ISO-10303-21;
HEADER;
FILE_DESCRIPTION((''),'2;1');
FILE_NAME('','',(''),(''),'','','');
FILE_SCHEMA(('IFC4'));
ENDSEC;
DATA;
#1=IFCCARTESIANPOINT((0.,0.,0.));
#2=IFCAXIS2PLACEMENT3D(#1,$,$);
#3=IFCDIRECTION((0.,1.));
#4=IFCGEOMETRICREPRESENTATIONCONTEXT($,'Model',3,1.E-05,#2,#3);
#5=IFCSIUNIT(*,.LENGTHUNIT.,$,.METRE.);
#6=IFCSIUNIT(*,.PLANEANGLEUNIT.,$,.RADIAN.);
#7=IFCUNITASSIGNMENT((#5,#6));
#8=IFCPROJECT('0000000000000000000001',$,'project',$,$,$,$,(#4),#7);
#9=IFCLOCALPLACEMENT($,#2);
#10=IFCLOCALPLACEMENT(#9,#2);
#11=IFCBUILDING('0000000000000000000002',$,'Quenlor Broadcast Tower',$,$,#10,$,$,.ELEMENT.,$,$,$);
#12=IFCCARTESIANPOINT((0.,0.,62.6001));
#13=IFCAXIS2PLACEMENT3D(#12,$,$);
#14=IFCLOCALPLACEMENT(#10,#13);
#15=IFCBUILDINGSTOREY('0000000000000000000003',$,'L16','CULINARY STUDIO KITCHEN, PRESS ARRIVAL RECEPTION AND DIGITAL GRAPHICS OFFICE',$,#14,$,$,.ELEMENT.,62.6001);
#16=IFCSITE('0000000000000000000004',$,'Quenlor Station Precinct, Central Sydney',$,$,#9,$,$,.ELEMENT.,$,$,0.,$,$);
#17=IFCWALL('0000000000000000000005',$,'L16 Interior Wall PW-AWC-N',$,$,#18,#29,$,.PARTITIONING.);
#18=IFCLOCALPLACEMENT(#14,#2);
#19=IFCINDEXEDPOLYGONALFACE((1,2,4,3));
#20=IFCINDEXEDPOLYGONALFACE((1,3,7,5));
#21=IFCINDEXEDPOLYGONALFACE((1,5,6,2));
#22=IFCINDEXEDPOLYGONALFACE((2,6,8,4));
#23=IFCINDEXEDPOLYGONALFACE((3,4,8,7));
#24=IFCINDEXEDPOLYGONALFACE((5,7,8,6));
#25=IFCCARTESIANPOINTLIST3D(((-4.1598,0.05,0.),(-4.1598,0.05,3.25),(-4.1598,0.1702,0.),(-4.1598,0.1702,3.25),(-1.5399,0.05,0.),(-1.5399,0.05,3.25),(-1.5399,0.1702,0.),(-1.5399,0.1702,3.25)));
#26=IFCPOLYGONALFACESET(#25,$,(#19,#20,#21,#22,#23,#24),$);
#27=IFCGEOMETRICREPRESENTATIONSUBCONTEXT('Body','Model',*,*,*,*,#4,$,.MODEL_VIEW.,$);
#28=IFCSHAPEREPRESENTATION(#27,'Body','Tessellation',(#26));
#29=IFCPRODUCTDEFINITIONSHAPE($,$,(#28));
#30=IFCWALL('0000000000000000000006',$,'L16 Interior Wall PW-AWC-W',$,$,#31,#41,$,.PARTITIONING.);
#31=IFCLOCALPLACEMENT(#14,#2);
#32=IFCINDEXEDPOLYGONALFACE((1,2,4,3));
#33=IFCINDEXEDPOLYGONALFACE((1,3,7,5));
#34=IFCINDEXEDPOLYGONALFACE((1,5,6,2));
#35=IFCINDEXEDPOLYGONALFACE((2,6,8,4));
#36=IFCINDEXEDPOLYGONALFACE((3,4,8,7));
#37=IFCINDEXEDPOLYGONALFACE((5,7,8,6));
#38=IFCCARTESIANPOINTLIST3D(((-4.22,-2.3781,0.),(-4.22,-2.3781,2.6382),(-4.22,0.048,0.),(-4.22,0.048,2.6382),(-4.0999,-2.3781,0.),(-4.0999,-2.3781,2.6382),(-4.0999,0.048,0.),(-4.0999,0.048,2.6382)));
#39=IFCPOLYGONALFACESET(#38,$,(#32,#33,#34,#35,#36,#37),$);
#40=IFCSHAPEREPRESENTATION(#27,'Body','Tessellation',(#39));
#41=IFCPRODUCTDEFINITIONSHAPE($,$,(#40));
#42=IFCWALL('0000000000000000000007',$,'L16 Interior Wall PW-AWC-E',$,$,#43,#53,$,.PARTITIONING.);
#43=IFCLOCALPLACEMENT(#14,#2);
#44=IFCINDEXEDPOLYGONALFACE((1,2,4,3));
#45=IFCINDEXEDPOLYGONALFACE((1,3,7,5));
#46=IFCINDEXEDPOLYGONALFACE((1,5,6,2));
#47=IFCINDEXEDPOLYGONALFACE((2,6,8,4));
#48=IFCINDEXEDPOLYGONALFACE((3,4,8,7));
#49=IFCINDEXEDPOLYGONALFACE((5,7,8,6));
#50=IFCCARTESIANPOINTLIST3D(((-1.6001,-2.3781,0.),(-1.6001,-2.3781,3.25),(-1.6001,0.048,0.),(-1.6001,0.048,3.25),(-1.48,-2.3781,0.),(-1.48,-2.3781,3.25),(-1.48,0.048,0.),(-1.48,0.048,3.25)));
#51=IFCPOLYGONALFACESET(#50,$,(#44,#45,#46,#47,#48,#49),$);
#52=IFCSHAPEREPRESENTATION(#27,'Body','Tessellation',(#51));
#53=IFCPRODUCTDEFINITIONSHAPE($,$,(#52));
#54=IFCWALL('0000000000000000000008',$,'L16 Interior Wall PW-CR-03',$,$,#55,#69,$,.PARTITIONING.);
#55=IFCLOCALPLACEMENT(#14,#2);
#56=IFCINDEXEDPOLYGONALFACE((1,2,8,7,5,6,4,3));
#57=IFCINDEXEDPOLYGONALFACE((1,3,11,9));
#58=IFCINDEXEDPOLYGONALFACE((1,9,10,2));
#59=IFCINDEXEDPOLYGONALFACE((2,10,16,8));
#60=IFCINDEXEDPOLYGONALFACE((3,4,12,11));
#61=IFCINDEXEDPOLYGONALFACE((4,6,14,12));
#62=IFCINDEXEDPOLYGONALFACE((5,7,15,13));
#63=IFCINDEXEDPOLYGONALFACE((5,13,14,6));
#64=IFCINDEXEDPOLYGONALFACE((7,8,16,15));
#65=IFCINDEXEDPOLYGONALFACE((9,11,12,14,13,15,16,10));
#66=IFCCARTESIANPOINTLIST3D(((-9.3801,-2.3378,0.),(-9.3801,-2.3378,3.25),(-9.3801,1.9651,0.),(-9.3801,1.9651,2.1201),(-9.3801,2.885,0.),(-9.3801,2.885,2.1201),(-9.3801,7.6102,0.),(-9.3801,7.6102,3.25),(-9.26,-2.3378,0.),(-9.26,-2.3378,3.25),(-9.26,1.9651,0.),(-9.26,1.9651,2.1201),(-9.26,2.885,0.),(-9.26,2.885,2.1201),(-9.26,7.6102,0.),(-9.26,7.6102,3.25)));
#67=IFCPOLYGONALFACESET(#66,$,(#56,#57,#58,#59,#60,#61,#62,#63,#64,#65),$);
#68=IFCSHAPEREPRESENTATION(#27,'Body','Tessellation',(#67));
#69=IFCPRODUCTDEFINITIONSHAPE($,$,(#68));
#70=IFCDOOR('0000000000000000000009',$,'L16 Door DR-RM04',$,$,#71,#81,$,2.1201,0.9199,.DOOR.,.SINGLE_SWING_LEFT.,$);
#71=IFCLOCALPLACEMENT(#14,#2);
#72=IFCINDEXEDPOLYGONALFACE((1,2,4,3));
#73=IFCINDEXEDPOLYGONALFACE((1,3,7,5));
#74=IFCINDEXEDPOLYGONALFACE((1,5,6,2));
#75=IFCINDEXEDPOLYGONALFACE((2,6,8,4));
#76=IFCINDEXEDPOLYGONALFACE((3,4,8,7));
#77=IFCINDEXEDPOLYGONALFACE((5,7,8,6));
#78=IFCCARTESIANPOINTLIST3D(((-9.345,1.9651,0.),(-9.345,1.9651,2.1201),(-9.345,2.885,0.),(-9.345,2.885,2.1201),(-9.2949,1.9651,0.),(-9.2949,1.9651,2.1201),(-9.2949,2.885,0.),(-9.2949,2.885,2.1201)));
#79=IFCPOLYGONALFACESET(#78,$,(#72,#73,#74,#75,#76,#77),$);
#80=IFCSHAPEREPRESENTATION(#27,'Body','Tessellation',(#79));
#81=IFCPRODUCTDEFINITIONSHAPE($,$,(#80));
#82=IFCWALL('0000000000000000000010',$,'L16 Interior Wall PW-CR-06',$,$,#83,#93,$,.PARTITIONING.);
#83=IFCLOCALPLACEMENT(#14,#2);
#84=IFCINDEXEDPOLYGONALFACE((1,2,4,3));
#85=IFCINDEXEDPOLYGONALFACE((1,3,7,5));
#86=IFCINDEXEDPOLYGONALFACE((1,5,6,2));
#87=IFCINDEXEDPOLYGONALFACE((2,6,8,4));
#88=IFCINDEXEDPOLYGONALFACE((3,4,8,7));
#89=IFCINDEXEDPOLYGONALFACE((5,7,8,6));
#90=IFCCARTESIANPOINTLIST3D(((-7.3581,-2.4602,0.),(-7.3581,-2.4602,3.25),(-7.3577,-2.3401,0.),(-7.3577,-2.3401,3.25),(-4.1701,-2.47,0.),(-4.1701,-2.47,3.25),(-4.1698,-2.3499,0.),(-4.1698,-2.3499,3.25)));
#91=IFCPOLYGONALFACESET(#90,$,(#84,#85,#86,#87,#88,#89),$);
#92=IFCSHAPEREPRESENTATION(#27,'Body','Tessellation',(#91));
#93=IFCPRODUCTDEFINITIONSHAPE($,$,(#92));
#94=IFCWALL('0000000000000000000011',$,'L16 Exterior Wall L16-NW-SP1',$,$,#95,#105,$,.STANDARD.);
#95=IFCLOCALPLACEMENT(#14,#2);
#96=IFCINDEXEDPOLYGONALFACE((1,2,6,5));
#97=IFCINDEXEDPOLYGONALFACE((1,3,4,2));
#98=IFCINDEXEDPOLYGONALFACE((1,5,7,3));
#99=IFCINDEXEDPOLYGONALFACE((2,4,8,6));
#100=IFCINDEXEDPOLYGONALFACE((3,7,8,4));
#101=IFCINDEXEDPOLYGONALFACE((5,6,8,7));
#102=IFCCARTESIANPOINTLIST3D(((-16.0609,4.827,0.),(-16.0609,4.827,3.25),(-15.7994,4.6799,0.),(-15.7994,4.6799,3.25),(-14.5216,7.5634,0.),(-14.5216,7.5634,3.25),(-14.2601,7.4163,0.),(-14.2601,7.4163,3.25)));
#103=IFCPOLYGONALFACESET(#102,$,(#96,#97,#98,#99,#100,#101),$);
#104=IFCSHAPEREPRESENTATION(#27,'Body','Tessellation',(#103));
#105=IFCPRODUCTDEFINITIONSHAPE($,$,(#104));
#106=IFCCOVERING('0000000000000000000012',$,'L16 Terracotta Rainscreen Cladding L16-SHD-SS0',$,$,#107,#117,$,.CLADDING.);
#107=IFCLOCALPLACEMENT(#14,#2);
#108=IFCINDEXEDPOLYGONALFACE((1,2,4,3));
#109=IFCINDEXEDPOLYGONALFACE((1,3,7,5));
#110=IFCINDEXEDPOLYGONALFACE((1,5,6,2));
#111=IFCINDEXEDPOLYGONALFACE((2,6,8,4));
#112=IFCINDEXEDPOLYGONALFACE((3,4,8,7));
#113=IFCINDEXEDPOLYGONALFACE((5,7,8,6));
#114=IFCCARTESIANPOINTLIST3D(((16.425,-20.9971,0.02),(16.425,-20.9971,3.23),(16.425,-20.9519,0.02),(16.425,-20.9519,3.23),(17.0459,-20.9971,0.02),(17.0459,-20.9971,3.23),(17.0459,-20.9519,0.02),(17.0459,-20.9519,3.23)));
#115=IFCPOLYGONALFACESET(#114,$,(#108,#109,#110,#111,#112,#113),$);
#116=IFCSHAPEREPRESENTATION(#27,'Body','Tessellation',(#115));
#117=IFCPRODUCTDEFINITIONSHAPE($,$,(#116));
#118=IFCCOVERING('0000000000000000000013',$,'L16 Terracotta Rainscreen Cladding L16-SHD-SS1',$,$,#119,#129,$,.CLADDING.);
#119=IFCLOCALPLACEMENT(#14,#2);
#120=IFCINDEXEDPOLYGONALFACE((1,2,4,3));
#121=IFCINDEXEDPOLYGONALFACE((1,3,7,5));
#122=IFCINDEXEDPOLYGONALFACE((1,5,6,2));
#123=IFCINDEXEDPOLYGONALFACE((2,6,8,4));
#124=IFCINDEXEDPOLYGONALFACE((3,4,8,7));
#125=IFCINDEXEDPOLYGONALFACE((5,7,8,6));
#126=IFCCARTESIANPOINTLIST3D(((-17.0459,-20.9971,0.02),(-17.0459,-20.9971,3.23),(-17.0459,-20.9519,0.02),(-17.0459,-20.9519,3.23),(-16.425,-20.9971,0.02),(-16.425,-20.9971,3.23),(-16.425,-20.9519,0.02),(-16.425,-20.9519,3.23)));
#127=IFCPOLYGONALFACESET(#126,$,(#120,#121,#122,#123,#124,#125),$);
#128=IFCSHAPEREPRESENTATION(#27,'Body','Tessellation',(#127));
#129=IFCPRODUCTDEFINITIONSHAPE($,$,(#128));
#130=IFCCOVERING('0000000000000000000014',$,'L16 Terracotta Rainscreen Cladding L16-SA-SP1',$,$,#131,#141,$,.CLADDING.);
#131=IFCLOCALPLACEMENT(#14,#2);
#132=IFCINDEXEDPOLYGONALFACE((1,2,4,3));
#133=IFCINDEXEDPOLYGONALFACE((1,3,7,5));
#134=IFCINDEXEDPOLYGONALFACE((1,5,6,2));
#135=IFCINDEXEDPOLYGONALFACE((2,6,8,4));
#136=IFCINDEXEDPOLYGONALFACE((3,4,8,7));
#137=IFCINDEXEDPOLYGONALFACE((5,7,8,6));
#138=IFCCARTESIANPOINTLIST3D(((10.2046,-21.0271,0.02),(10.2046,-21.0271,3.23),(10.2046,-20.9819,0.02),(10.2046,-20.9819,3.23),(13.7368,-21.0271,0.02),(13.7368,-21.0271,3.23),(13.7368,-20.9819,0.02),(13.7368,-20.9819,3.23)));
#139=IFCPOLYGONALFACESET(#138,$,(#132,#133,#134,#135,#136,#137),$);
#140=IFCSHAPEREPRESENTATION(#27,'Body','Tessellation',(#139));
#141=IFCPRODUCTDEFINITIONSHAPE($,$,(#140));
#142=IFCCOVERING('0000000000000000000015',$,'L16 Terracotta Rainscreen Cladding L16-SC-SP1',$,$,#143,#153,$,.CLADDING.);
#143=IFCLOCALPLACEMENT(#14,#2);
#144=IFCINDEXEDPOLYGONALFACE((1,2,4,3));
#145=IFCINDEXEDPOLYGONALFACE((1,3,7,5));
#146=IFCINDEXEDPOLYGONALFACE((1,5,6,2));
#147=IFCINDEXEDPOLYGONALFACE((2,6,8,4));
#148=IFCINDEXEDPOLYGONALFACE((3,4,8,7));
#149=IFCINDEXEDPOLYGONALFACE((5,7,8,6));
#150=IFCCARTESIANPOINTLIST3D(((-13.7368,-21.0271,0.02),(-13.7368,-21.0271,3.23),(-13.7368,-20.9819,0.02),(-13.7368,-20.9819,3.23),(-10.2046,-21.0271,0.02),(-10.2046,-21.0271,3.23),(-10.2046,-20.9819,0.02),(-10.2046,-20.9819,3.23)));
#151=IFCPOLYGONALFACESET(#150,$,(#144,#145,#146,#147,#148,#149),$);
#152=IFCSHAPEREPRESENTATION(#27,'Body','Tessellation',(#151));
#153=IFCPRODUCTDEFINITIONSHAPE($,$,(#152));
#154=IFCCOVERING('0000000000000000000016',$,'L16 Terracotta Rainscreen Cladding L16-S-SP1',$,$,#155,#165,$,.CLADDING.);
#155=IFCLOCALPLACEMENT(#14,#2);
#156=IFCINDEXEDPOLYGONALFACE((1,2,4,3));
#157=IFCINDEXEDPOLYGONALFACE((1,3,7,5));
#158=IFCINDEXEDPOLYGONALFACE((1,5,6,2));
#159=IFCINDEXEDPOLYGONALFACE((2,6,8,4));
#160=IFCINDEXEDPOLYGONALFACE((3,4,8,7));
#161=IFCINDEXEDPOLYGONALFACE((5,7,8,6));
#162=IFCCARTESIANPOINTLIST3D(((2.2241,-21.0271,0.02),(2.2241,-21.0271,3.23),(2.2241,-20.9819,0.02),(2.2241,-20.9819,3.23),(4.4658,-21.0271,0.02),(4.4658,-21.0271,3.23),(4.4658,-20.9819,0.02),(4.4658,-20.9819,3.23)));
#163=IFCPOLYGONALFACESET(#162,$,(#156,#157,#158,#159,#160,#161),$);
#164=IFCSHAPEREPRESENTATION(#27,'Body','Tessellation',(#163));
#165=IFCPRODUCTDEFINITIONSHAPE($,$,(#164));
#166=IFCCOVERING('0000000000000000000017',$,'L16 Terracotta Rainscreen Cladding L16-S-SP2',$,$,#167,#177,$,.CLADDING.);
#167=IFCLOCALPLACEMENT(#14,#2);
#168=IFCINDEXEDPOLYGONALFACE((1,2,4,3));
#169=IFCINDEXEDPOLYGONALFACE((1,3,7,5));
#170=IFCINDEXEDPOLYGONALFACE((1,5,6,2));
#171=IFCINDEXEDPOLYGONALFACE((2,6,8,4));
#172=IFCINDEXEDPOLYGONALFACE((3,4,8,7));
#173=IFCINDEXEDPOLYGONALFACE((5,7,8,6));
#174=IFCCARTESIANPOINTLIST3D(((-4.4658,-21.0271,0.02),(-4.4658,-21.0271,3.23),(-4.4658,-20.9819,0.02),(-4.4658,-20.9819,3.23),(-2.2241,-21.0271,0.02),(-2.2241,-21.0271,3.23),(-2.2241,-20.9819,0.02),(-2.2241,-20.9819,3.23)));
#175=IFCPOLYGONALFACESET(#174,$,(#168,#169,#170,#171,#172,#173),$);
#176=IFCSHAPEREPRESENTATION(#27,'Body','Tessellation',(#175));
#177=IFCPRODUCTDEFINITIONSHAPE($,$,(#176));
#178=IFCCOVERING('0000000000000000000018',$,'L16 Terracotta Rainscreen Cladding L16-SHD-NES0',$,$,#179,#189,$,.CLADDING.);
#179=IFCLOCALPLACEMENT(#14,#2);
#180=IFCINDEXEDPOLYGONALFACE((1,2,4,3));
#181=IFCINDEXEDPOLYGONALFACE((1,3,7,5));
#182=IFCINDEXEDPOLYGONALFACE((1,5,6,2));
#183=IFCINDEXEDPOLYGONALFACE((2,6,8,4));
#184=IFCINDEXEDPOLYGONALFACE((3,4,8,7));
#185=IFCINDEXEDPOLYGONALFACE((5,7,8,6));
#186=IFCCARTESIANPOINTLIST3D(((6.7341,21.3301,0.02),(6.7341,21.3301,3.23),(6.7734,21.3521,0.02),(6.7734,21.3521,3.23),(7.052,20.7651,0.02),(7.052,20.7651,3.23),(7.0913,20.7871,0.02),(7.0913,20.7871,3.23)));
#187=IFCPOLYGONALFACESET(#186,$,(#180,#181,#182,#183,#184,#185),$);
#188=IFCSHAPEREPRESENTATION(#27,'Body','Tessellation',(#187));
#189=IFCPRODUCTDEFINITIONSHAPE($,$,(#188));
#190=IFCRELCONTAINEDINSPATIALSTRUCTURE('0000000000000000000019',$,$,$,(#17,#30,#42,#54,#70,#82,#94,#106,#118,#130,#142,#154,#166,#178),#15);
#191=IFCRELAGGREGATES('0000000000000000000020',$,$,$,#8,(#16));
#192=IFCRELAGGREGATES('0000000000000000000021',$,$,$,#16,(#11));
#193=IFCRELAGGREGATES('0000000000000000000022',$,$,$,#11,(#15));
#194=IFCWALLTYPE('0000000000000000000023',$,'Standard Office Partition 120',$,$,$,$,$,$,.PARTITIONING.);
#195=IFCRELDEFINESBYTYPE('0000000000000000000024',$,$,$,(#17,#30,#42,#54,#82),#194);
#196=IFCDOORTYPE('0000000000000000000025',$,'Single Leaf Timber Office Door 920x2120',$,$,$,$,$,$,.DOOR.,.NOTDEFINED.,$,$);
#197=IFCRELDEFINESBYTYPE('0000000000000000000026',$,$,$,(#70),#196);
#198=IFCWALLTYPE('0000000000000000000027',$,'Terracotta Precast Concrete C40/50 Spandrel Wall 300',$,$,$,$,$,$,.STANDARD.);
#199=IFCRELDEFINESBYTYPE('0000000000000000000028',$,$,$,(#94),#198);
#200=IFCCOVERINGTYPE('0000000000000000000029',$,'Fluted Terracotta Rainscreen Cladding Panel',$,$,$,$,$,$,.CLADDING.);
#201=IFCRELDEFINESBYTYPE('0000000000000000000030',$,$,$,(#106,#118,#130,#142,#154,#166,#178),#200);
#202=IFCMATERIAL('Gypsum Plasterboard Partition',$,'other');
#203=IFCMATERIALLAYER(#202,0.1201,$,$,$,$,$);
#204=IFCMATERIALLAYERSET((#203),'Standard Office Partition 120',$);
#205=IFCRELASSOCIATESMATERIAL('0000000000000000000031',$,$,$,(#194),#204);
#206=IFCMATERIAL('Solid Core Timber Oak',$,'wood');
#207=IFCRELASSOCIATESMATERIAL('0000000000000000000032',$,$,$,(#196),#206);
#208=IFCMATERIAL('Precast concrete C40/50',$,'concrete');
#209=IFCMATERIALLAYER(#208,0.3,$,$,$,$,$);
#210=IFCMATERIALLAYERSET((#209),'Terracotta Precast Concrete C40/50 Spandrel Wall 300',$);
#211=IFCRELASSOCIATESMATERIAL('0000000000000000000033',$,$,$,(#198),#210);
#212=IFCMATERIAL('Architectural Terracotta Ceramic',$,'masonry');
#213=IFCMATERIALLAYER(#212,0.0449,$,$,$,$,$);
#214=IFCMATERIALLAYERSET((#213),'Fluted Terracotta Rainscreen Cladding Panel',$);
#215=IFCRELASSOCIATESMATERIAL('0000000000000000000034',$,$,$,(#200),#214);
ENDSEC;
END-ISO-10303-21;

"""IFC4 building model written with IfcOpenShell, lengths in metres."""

from ifc_helpers import new_model, si_unit, direction, frame, frame_2d, origin, place, context, subcontext, project, spatial, polyline, rectangle, outline, extrude, material, layer, layer_set, type_object, element, fill, save


model = new_model("IFC4")

# Units and contexts
model_context = context("Model", 3, precision=1e-05, world=origin(), true_north=direction((0.0, 1.0)))
body_context = subcontext(model_context, "Body", "Model", "MODEL_VIEW")
ifc_project = project(units=[si_unit("LENGTHUNIT", "METRE"), si_unit("PLANEANGLEUNIT", "RADIAN")], contexts=[model_context])

# Site, building, storey
site_placement = place(None, origin())
site = spatial("IfcSite", under=ifc_project, at=site_placement, Name="Quenlor Station Precinct, Central Sydney", CompositionType="ELEMENT", RefElevation=0.0)
building_placement = place(site_placement, origin())
building = spatial("IfcBuilding", under=site, at=building_placement, Name="Quenlor Broadcast Tower", CompositionType="ELEMENT")
storey_placement = place(building_placement, frame((0.0, 0.0, 62.6001)))
storey = spatial("IfcBuildingStorey", under=building, at=storey_placement, Name="L16", Description="CULINARY STUDIO KITCHEN, PRESS ARRIVAL RECEPTION AND DIGITAL GRAPHICS OFFICE", CompositionType="ELEMENT", Elevation=62.6001)

# Shared definitions
ifc_material_1 = material(Name="Gypsum Plasterboard Partition", Category="other")
ifc_layer_1 = layer(ifc_material_1, 0.1201)
ifc_layer_set_1 = layer_set([ifc_layer_1], Name="Standard Office Partition 120")
wall_type_1 = type_object("IfcWallType", Name="Standard Office Partition 120", PredefinedType="PARTITIONING", material=ifc_layer_set_1)

# Walls
wall_1_placement = place(storey_placement, frame((-4.1599, 0.1101, 0.0), z_axis=(0.0, 0.0, 1.0), x_axis=(1.0, 0.0, 0.0)))
element("IfcWall", 1, at=wall_1_placement, inside=storey, type_object=wall_type_1, Name="L16 Interior Wall PW-AWC-N", PredefinedType="PARTITIONING", context=body_context, shape_type="SweptSolid", body=[
    extrude(rectangle(XDim=2.6199, YDim=0.1201, at=frame_2d((1.3101, 0.0))), origin(), (0.0, 0.0, 1.0), 3.25),
])
wall_2_placement = place(storey_placement, frame((-4.1599, -2.3779, 0.0), z_axis=(0.0, 0.0, 1.0), x_axis=(0.0, 1.0, 0.0)))
element("IfcWall", 2, at=wall_2_placement, inside=storey, type_object=wall_type_1, Name="L16 Interior Wall PW-AWC-W", PredefinedType="PARTITIONING", context=body_context, shape_type="SweptSolid", body=[
    extrude(rectangle(XDim=2.426, YDim=0.1201, at=frame_2d((1.2129, 0.0))), origin(), (0.0, 0.0, 1.0), 2.6382),
])
wall_3_placement = place(storey_placement, frame((-1.54, -2.3779, 0.0), z_axis=(0.0, 0.0, 1.0), x_axis=(0.0, 1.0, 0.0)))
element("IfcWall", 3, at=wall_3_placement, inside=storey, type_object=wall_type_1, Name="L16 Interior Wall PW-AWC-E", PredefinedType="PARTITIONING", context=body_context, shape_type="SweptSolid", body=[
    extrude(rectangle(XDim=2.426, YDim=0.1201, at=frame_2d((1.2129, 0.0))), origin(), (0.0, 0.0, 1.0), 3.25),
])

# Wall, opening, door
ifc_material_2 = material(Name="Solid Core Timber Oak", Category="wood")
door_type_1 = type_object("IfcDoorType", Name="Single Leaf Timber Office Door 920x2120", OperationType="NOTDEFINED", PredefinedType="DOOR", material=ifc_material_2)
wall_4_placement = place(storey_placement, frame((-9.3201, -2.3379, 0.0), z_axis=(0.0, 0.0, 1.0), x_axis=(0.0, 1.0, 0.0)))
wall_4 = element("IfcWall", 4, at=wall_4_placement, inside=storey, type_object=wall_type_1, Name="L16 Interior Wall PW-CR-03", PredefinedType="PARTITIONING", context=body_context, shape_type="SweptSolid", body=[
    extrude(rectangle(XDim=9.948, YDim=0.1201, at=frame_2d((4.9741, 0.0))), origin(), (0.0, 0.0, 1.0), 3.25),
])
opening_1_placement = place(wall_4_placement, frame((4.303, 0.0, 0.0)))
opening_1 = element("IfcOpeningElement", 5, at=opening_1_placement, cuts=wall_4, PredefinedType="OPENING", context=body_context, shape_type="SweptSolid", body=[
    extrude(rectangle(XDim=0.9199, YDim=2.1201, at=frame_2d((0.46, 1.0601))), frame((0.0, 0.0701, 0.0), z_axis=(0.0, -1.0, 0.0), x_axis=(1.0, 0.0, 0.0)), (0.0, 0.0, 1.0), 0.1401),
])
door_1_placement = place(opening_1_placement, origin())
door_1 = element("IfcDoor", 6, at=door_1_placement, inside=storey, type_object=door_type_1, Name="L16 Door DR-RM04", OperationType="SINGLE_SWING_LEFT", OverallHeight=2.1201, OverallWidth=0.9199, PredefinedType="DOOR", context=body_context, shape_type="SweptSolid", body=[
    extrude(rectangle(XDim=0.9199, YDim=2.1201, at=frame_2d((0.46, 1.0601))), frame((0.0, 0.0249, 0.0), z_axis=(0.0, -1.0, 0.0), x_axis=(1.0, 0.0, 0.0)), (0.0, 0.0, 1.0), 0.05),
])
fill(opening_1, door_1)

# Wall
wall_5_placement = place(storey_placement, frame((-7.3579, -2.4001, 0.0), z_axis=(0.0, 0.0, 1.0), x_axis=(0.999995, -0.003063, 0.0)))
element("IfcWall", 7, at=wall_5_placement, inside=storey, type_object=wall_type_1, Name="L16 Interior Wall PW-CR-06", PredefinedType="PARTITIONING", context=body_context, shape_type="SweptSolid", body=[
    extrude(rectangle(XDim=3.188, YDim=0.1201, at=frame_2d((1.594, 0.0))), origin(), (0.0, 0.0, 1.0), 3.25),
])

# Wall
ifc_material_3 = material(Name="Precast concrete C40/50", Category="concrete")
ifc_layer_2 = layer(ifc_material_3, 0.3)
ifc_layer_set_2 = layer_set([ifc_layer_2], Name="Terracotta Precast Concrete C40/50 Spandrel Wall 300")
wall_type_2 = type_object("IfcWallType", Name="Terracotta Precast Concrete C40/50 Spandrel Wall 300", PredefinedType="STANDARD", material=ifc_layer_set_2)
wall_6_placement = place(storey_placement, frame((-15.9302, 4.7534, 0.0), z_axis=(0.0, 0.0, 1.0), x_axis=(0.490291, 0.871559, 0.0)))
element("IfcWall", 8, at=wall_6_placement, inside=storey, type_object=wall_type_2, Name="L16 Exterior Wall L16-NW-SP1", PredefinedType="STANDARD", context=body_context, shape_type="SweptSolid", body=[
    extrude(rectangle(XDim=3.1396, YDim=0.3, at=frame_2d((1.5698, 0.0))), origin(), (0.0, 0.0, 1.0), 3.25),
])

# Coverings
ifc_material_4 = material(Name="Architectural Terracotta Ceramic", Category="masonry")
ifc_layer_3 = layer(ifc_material_4, 0.0449)
ifc_layer_set_3 = layer_set([ifc_layer_3], Name="Fluted Terracotta Rainscreen Cladding Panel")
covering_type = type_object("IfcCoveringType", Name="Fluted Terracotta Rainscreen Cladding Panel", PredefinedType="CLADDING", material=ifc_layer_set_3)
covering_1_placement = place(storey_placement, frame((0.0, 0.0, 0.02)))
element("IfcCovering", 9, at=covering_1_placement, inside=storey, type_object=covering_type, Name="L16 Terracotta Rainscreen Cladding L16-SHD-SS0", PredefinedType="CLADDING", context=body_context, shape_type="SweptSolid", body=[
    extrude(outline(polyline([(17.0459, -20.9519), (16.425, -20.9519), (16.425, -20.9971), (17.0459, -20.9971), (17.0459, -20.9519)])), origin(), (0.0, 0.0, 1.0), 3.21),
])
covering_2_placement = place(storey_placement, frame((0.0, 0.0, 0.02)))
element("IfcCovering", 10, at=covering_2_placement, inside=storey, type_object=covering_type, Name="L16 Terracotta Rainscreen Cladding L16-SHD-SS1", PredefinedType="CLADDING", context=body_context, shape_type="SweptSolid", body=[
    extrude(outline(polyline([(-16.425, -20.9519), (-17.0459, -20.9519), (-17.0459, -20.9971), (-16.425, -20.9971), (-16.425, -20.9519)])), origin(), (0.0, 0.0, 1.0), 3.21),
])
covering_3_placement = place(storey_placement, frame((0.0, 0.0, 0.02)))
element("IfcCovering", 11, at=covering_3_placement, inside=storey, type_object=covering_type, Name="L16 Terracotta Rainscreen Cladding L16-SA-SP1", PredefinedType="CLADDING", context=body_context, shape_type="SweptSolid", body=[
    extrude(outline(polyline([(13.7368, -20.9819), (10.2046, -20.9819), (10.2046, -21.0271), (13.7368, -21.0271), (13.7368, -20.9819)])), origin(), (0.0, 0.0, 1.0), 3.21),
])
covering_4_placement = place(storey_placement, frame((0.0, 0.0, 0.02)))
element("IfcCovering", 12, at=covering_4_placement, inside=storey, type_object=covering_type, Name="L16 Terracotta Rainscreen Cladding L16-SC-SP1", PredefinedType="CLADDING", context=body_context, shape_type="SweptSolid", body=[
    extrude(outline(polyline([(-10.2046, -20.9819), (-13.7368, -20.9819), (-13.7368, -21.0271), (-10.2046, -21.0271), (-10.2046, -20.9819)])), origin(), (0.0, 0.0, 1.0), 3.21),
])
covering_5_placement = place(storey_placement, frame((0.0, 0.0, 0.02)))
element("IfcCovering", 13, at=covering_5_placement, inside=storey, type_object=covering_type, Name="L16 Terracotta Rainscreen Cladding L16-S-SP1", PredefinedType="CLADDING", context=body_context, shape_type="SweptSolid", body=[
    extrude(outline(polyline([(4.4658, -20.9819), (2.2241, -20.9819), (2.2241, -21.0271), (4.4658, -21.0271), (4.4658, -20.9819)])), origin(), (0.0, 0.0, 1.0), 3.21),
])
covering_6_placement = place(storey_placement, frame((0.0, 0.0, 0.02)))
element("IfcCovering", 14, at=covering_6_placement, inside=storey, type_object=covering_type, Name="L16 Terracotta Rainscreen Cladding L16-S-SP2", PredefinedType="CLADDING", context=body_context, shape_type="SweptSolid", body=[
    extrude(outline(polyline([(-2.2241, -20.9819), (-4.4658, -20.9819), (-4.4658, -21.0271), (-2.2241, -21.0271), (-2.2241, -20.9819)])), origin(), (0.0, 0.0, 1.0), 3.21),
])
covering_7_placement = place(storey_placement, frame((0.0, 0.0, 0.02)))
element("IfcCovering", 15, at=covering_7_placement, inside=storey, type_object=covering_type, Name="L16 Terracotta Rainscreen Cladding L16-SHD-NES0", PredefinedType="CLADDING", context=body_context, shape_type="SweptSolid", body=[
    extrude(outline(polyline([(6.7341, 21.3301), (7.052, 20.7651), (7.0913, 20.7871), (6.7734, 21.3521), (6.7341, 21.3301)])), origin(), (0.0, 0.0, 1.0), 3.21),
])

save(model, "model.ifc")
